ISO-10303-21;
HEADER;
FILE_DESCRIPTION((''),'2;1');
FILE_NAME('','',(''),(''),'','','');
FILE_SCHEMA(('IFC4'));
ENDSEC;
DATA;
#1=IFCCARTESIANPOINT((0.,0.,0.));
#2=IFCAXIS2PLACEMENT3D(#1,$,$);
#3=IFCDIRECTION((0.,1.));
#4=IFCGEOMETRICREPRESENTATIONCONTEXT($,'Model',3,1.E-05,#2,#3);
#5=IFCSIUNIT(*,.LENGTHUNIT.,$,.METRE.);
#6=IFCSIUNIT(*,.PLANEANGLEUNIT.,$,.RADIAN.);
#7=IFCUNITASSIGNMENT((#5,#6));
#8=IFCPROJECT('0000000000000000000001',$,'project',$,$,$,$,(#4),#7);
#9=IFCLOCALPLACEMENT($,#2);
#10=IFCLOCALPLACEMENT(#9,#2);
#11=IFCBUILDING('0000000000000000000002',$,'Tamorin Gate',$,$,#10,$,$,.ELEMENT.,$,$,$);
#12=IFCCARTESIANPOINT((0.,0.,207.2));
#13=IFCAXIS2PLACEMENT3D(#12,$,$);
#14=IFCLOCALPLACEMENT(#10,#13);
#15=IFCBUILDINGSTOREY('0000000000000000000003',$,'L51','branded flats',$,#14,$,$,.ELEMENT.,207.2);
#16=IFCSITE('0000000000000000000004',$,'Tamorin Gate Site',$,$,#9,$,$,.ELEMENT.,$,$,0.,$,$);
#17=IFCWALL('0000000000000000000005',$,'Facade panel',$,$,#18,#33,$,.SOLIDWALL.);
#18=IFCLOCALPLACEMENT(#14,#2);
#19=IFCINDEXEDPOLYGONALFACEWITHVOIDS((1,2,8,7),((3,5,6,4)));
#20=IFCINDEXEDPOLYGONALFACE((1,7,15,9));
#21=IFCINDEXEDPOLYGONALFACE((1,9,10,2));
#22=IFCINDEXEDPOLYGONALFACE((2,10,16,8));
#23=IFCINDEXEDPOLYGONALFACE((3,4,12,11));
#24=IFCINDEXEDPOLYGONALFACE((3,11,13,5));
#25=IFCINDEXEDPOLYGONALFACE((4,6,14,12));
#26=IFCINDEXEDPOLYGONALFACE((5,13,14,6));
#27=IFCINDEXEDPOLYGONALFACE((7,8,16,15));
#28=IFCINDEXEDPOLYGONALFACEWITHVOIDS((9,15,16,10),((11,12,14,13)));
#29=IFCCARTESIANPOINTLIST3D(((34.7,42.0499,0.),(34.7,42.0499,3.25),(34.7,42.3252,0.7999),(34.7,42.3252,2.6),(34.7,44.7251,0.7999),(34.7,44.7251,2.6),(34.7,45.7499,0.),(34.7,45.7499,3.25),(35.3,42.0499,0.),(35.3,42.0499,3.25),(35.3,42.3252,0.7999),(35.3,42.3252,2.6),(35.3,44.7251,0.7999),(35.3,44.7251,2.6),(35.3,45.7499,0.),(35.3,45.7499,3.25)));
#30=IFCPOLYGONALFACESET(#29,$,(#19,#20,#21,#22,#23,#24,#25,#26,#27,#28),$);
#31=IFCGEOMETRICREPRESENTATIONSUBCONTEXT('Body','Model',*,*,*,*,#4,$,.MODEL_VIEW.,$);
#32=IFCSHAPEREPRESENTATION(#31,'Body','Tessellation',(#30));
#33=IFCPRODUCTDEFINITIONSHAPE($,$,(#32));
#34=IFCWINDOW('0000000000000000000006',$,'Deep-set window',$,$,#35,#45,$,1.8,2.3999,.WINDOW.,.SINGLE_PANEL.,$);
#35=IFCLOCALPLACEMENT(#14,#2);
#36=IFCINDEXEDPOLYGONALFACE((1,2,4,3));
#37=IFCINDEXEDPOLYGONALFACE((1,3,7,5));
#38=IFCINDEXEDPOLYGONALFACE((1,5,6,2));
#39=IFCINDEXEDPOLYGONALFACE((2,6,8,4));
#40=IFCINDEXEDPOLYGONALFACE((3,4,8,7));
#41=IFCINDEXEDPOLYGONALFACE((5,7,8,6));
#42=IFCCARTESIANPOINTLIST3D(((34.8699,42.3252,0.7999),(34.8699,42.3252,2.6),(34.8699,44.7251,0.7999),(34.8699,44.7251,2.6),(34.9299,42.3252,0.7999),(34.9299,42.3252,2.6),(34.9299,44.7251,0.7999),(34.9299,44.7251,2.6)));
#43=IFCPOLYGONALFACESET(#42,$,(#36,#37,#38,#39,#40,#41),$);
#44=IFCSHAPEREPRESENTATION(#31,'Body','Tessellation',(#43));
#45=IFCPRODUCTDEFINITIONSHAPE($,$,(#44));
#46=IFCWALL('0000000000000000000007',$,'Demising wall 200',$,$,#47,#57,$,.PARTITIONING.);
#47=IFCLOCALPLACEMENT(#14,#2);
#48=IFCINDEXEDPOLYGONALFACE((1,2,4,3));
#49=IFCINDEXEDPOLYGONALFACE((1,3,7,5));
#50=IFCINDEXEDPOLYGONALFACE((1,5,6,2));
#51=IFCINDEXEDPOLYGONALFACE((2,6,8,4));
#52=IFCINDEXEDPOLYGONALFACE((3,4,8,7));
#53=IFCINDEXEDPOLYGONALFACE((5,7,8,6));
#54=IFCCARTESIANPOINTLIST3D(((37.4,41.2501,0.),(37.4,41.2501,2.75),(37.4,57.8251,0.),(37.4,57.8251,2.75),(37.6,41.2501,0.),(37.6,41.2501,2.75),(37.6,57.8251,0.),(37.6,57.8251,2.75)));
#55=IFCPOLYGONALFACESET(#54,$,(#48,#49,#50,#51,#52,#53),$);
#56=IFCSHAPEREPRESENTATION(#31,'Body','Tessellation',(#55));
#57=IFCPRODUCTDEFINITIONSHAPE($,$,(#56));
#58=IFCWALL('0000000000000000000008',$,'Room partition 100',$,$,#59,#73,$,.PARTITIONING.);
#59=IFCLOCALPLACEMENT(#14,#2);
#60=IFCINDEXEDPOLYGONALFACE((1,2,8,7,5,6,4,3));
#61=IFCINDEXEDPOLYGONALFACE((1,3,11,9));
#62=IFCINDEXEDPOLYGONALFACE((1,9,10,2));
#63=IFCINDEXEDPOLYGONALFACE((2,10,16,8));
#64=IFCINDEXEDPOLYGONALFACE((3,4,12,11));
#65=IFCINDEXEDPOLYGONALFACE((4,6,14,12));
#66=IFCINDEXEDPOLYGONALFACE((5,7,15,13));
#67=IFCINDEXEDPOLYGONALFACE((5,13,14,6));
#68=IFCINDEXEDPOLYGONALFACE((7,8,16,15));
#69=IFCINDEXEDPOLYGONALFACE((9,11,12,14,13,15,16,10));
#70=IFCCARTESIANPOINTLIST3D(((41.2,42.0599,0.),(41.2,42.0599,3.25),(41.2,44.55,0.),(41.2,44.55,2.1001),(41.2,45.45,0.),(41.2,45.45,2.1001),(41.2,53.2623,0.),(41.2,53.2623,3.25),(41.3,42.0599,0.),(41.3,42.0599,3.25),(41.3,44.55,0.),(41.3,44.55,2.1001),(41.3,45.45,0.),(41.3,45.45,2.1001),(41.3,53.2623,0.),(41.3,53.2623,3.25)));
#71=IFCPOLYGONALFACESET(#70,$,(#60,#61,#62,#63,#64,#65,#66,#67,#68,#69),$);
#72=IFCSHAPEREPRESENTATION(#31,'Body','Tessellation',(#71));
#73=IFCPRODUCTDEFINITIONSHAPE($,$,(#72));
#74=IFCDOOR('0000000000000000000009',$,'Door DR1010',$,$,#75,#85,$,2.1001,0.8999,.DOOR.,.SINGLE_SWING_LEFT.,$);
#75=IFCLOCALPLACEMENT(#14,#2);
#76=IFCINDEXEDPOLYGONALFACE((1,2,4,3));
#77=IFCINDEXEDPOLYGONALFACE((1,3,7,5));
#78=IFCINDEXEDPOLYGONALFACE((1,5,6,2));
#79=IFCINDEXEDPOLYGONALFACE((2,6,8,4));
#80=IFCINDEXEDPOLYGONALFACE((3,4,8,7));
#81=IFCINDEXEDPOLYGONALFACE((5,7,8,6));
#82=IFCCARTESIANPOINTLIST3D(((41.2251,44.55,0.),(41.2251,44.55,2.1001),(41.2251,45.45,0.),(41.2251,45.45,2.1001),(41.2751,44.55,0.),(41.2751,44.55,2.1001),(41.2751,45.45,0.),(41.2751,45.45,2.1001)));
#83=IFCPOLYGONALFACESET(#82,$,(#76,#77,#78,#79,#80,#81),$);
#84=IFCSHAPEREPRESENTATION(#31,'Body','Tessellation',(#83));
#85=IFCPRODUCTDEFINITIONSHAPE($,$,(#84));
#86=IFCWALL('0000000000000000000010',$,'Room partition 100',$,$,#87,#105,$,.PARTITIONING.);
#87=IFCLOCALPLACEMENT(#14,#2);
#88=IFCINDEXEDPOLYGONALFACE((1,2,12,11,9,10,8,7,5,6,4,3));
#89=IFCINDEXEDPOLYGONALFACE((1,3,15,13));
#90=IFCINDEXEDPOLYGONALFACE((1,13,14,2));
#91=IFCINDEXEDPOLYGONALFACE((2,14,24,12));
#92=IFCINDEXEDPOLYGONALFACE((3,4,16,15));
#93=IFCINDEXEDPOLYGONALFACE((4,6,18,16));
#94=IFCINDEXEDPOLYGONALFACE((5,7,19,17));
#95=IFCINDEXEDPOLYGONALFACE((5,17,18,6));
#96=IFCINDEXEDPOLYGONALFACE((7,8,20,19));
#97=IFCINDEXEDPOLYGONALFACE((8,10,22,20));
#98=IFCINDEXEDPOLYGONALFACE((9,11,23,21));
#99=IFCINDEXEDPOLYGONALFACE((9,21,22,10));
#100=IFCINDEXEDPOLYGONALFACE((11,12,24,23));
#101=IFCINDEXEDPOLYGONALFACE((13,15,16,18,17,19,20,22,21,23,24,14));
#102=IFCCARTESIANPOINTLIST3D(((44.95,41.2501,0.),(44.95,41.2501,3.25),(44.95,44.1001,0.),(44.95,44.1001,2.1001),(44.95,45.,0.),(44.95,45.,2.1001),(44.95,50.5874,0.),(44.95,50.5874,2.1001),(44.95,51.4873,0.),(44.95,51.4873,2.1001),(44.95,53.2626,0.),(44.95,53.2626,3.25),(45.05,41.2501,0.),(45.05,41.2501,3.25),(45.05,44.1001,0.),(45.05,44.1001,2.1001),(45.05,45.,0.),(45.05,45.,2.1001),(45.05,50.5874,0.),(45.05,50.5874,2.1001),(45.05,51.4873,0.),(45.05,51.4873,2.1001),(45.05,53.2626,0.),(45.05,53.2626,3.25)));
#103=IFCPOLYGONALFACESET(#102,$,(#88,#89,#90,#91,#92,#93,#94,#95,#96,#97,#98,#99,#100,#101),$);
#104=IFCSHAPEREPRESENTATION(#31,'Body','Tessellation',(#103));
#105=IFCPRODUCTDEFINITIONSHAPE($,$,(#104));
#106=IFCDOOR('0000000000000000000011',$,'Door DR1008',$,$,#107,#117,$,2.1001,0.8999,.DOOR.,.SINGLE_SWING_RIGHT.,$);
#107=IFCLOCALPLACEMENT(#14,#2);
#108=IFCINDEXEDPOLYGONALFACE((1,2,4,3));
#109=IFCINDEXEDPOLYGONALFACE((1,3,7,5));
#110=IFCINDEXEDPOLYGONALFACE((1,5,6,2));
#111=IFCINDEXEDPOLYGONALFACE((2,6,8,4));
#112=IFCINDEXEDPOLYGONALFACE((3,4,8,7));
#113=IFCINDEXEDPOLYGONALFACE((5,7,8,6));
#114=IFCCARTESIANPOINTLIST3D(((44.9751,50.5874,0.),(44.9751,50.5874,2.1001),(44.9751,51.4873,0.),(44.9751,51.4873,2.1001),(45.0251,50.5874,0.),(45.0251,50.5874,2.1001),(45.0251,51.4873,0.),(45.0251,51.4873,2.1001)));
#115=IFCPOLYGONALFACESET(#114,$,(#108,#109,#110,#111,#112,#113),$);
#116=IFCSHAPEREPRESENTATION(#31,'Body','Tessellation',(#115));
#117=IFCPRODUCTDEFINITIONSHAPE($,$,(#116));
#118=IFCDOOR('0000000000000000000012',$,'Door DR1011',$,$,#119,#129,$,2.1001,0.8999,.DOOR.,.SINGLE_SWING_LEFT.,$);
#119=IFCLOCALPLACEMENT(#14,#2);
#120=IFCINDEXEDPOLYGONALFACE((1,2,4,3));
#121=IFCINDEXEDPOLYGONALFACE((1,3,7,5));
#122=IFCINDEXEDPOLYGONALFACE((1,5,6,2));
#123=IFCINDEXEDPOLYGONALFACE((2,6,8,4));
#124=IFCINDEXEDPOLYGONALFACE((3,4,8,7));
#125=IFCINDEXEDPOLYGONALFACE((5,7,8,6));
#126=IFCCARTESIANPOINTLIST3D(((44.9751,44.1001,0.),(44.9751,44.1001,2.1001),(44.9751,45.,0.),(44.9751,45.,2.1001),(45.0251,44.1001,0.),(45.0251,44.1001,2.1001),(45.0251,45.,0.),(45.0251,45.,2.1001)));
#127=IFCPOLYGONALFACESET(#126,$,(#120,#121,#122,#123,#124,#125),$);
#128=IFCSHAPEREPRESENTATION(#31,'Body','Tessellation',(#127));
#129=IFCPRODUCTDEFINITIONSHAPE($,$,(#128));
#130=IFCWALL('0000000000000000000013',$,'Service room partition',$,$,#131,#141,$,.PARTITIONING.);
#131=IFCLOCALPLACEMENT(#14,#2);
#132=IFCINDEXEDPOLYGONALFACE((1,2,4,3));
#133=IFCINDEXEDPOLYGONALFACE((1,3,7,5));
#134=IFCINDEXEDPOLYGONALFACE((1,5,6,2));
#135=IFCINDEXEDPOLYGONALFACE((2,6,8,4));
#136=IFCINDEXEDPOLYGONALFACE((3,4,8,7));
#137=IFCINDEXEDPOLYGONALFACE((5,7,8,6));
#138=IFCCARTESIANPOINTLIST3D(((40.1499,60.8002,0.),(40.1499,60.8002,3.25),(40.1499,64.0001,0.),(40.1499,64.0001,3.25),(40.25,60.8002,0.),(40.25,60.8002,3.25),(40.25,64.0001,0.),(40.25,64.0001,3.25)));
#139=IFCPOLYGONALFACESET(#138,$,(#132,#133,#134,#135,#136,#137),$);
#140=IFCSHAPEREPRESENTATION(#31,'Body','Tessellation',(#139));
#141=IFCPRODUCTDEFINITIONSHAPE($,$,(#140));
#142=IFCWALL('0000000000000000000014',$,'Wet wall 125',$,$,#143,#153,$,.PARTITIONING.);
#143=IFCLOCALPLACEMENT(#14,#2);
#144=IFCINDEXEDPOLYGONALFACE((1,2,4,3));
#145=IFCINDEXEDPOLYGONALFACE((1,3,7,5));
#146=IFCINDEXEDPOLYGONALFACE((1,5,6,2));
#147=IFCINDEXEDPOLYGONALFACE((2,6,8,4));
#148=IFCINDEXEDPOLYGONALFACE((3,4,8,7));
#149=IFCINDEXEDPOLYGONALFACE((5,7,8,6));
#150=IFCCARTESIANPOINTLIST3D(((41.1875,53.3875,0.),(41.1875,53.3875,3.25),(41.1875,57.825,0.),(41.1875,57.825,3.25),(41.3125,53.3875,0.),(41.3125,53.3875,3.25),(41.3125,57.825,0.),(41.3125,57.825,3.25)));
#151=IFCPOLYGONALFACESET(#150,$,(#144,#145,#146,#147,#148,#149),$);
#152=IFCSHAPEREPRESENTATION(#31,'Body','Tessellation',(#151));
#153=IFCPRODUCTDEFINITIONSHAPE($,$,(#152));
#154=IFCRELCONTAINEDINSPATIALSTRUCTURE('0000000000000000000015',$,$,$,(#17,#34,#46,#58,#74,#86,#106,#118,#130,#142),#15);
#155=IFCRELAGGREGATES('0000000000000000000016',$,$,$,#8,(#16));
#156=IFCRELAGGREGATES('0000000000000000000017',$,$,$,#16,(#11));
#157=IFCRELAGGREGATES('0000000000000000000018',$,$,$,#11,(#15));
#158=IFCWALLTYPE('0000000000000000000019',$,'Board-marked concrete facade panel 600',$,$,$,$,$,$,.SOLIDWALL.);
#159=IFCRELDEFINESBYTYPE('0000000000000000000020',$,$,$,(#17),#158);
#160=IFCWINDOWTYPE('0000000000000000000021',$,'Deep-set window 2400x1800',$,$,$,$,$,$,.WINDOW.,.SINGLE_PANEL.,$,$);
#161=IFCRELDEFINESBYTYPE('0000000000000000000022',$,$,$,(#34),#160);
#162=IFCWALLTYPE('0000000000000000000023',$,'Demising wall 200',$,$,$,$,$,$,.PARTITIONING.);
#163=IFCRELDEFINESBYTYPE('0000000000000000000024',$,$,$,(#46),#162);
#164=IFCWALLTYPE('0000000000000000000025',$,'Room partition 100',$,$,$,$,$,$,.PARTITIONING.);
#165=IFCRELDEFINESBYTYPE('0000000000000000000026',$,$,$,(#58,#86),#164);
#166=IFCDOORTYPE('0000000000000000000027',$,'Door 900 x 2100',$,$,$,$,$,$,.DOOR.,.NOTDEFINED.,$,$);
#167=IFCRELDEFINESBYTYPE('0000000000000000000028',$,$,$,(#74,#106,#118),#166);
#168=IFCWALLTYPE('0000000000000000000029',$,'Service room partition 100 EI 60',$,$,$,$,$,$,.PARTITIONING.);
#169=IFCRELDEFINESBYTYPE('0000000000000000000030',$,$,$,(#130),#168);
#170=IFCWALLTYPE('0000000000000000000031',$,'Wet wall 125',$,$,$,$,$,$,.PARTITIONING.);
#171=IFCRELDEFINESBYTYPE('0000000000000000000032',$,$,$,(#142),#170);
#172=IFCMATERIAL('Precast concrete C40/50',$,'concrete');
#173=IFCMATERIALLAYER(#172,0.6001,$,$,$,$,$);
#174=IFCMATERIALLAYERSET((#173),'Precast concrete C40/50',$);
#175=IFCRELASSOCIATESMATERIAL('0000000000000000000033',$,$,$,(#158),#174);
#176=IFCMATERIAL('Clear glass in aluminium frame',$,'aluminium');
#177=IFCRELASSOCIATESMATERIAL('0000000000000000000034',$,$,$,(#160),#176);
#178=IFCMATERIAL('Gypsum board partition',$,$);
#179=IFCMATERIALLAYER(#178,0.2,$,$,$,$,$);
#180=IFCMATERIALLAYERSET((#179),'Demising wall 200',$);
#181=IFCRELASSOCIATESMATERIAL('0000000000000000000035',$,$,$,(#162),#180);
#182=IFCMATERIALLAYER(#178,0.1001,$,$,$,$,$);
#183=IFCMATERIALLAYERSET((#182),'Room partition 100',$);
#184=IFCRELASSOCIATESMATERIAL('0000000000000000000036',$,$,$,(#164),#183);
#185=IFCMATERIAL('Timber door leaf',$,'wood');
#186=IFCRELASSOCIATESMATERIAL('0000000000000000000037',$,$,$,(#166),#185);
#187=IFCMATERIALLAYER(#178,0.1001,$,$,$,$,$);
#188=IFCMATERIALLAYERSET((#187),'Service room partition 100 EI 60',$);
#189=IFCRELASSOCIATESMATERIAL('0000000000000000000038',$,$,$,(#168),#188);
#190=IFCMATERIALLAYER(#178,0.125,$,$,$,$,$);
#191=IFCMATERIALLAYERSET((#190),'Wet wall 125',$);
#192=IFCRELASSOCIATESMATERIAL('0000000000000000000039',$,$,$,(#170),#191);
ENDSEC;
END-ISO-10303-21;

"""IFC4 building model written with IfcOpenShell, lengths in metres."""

from ifc_helpers import new_model, si_unit, direction, frame, frame_2d, origin, place, context, subcontext, project, spatial, rectangle, extrude, material, layer, layer_set, type_object, element, fill, save


model = new_model("IFC4")

# Units and contexts
model_context = context("Model", 3, precision=1e-05, world=origin(), true_north=direction((0.0, 1.0)))
body_context = subcontext(model_context, "Body", "Model", "MODEL_VIEW")
ifc_project = project(units=[si_unit("LENGTHUNIT", "METRE"), si_unit("PLANEANGLEUNIT", "RADIAN")], contexts=[model_context])

# Site, building, storey
site_placement = place(None, origin())
site = spatial("IfcSite", under=ifc_project, at=site_placement, Name="Tamorin Gate Site", CompositionType="ELEMENT", RefElevation=0.0)
building_placement = place(site_placement, origin())
building = spatial("IfcBuilding", under=site, at=building_placement, Name="Tamorin Gate", CompositionType="ELEMENT")
storey_placement = place(building_placement, frame((0.0, 0.0, 207.2)))
storey = spatial("IfcBuildingStorey", under=building, at=storey_placement, Name="L51", Description="branded flats", CompositionType="ELEMENT", Elevation=207.2)

# Shared definitions
ifc_material_1 = material(Name="Precast concrete C40/50", Category="concrete")
ifc_layer_1 = layer(ifc_material_1, 0.6001)
ifc_layer_set_1 = layer_set([ifc_layer_1], Name="Precast concrete C40/50")
wall_type_1 = type_object("IfcWallType", Name="Board-marked concrete facade panel 600", PredefinedType="SOLIDWALL", material=ifc_layer_set_1)
ifc_material_2 = material(Name="Clear glass in aluminium frame", Category="aluminium")
window_type = type_object("IfcWindowType", Name="Deep-set window 2400x1800", PartitioningType="SINGLE_PANEL", PredefinedType="WINDOW", material=ifc_material_2)

# Wall, opening, window
wall_1_placement = place(storey_placement, frame((35.0, 45.75, 0.0), z_axis=(0.0, 0.0, 1.0), x_axis=(0.0, -1.0, 0.0)))
wall_1 = element("IfcWall", 1, at=wall_1_placement, inside=storey, type_object=wall_type_1, Name="Facade panel", PredefinedType="SOLIDWALL", context=body_context, shape_type="SweptSolid", body=[
    extrude(rectangle(XDim=3.7, YDim=0.6001, at=frame_2d((1.8501, 0.0))), origin(), (0.0, 0.0, 1.0), 3.25),
])
opening_1_placement = place(wall_1_placement, frame((1.0249, 0.0, 0.8)))
opening_1 = element("IfcOpeningElement", 2, at=opening_1_placement, cuts=wall_1, PredefinedType="OPENING", context=body_context, shape_type="SweptSolid", body=[
    extrude(rectangle(XDim=2.3999, YDim=1.8, at=frame_2d((1.2, 0.8999))), frame((0.0, 0.3101, 0.0), z_axis=(0.0, -1.0, 0.0), x_axis=(1.0, 0.0, 0.0)), (0.0, 0.0, 1.0), 0.6201),
])
window_1_placement = place(opening_1_placement, origin())
window_1 = element("IfcWindow", 3, at=window_1_placement, inside=storey, type_object=window_type, Name="Deep-set window", OverallHeight=1.8, OverallWidth=2.3999, PartitioningType="SINGLE_PANEL", PredefinedType="WINDOW", context=body_context, shape_type="SweptSolid", body=[
    extrude(rectangle(XDim=2.3999, YDim=1.8, at=frame_2d((1.2, 0.8999))), frame((0.0, -0.0701, 0.0), z_axis=(0.0, -1.0, 0.0), x_axis=(1.0, 0.0, 0.0)), (0.0, 0.0, 1.0), 0.0601),
])
fill(opening_1, window_1)

# Wall
ifc_material_3 = material(Name="Gypsum board partition")
ifc_layer_2 = layer(ifc_material_3, 0.2)
ifc_layer_set_2 = layer_set([ifc_layer_2], Name="Demising wall 200")
wall_type_2 = type_object("IfcWallType", Name="Demising wall 200", PredefinedType="PARTITIONING", material=ifc_layer_set_2)
wall_2_placement = place(storey_placement, frame((37.5, 41.25, 0.0), z_axis=(0.0, 0.0, 1.0), x_axis=(0.0, 1.0, 0.0)))
element("IfcWall", 4, at=wall_2_placement, inside=storey, type_object=wall_type_2, Name="Demising wall 200", PredefinedType="PARTITIONING", context=body_context, shape_type="SweptSolid", body=[
    extrude(rectangle(XDim=16.575, YDim=0.2, at=frame_2d((8.2876, 0.0))), origin(), (0.0, 0.0, 1.0), 2.75),
])

# Wall, opening, door
ifc_layer_3 = layer(ifc_material_3, 0.1001)
ifc_layer_set_3 = layer_set([ifc_layer_3], Name="Room partition 100")
wall_type_3 = type_object("IfcWallType", Name="Room partition 100", PredefinedType="PARTITIONING", material=ifc_layer_set_3)
wall_3_placement = place(storey_placement, frame((41.25, 42.0601, 0.0), z_axis=(0.0, 0.0, 1.0), x_axis=(0.0, 1.0, 0.0)))
wall_3 = element("IfcWall", 5, at=wall_3_placement, inside=storey, type_object=wall_type_3, Name="Room partition 100", PredefinedType="PARTITIONING", context=body_context, shape_type="SweptSolid", body=[
    extrude(rectangle(XDim=11.2024, YDim=0.1001, at=frame_2d((5.6011, 0.0))), origin(), (0.0, 0.0, 1.0), 3.25),
])
opening_2_placement = place(wall_3_placement, frame((2.49, 0.0, 0.0)))
opening_2 = element("IfcOpeningElement", 6, at=opening_2_placement, cuts=wall_3, PredefinedType="OPENING", context=body_context, shape_type="SweptSolid", body=[
    extrude(rectangle(XDim=0.8999, YDim=2.1001, at=frame_2d((0.45, 1.05))), frame((0.0, 0.0601, 0.0), z_axis=(0.0, -1.0, 0.0), x_axis=(1.0, 0.0, 0.0)), (0.0, 0.0, 1.0), 0.1201),
])
ifc_material_4 = material(Name="Timber door leaf", Category="wood")
door_type = type_object("IfcDoorType", Name="Door 900 x 2100", OperationType="NOTDEFINED", PredefinedType="DOOR", material=ifc_material_4)
door_1_placement = place(opening_2_placement, origin())
door_1 = element("IfcDoor", 7, at=door_1_placement, inside=storey, type_object=door_type, Name="Door DR1010", OperationType="SINGLE_SWING_LEFT", OverallHeight=2.1001, OverallWidth=0.8999, PredefinedType="DOOR", context=body_context, shape_type="SweptSolid", body=[
    extrude(rectangle(XDim=0.8999, YDim=2.1001, at=frame_2d((0.45, 1.05))), frame((0.0, 0.0249, 0.0), z_axis=(0.0, -1.0, 0.0), x_axis=(1.0, 0.0, 0.0)), (0.0, 0.0, 1.0), 0.05),
])
fill(opening_2, door_1)

# Wall, openings, doors
wall_4_placement = place(storey_placement, frame((45.0, 41.25, 0.0), z_axis=(0.0, 0.0, 1.0), x_axis=(0.0, 1.0, 0.0)))
wall_4 = element("IfcWall", 8, at=wall_4_placement, inside=storey, type_object=wall_type_3, Name="Room partition 100", PredefinedType="PARTITIONING", context=body_context, shape_type="SweptSolid", body=[
    extrude(rectangle(XDim=12.0125, YDim=0.1001, at=frame_2d((6.0063, 0.0))), origin(), (0.0, 0.0, 1.0), 3.25),
])
opening_3_placement = place(wall_4_placement, frame((9.3374, 0.0, 0.0)))
opening_3 = element("IfcOpeningElement", 9, at=opening_3_placement, cuts=wall_4, PredefinedType="OPENING", context=body_context, shape_type="SweptSolid", body=[
    extrude(rectangle(XDim=0.8999, YDim=2.1001, at=frame_2d((0.45, 1.05))), frame((0.0, 0.0601, 0.0), z_axis=(0.0, -1.0, 0.0), x_axis=(1.0, 0.0, 0.0)), (0.0, 0.0, 1.0), 0.1201),
])
opening_4_placement = place(wall_4_placement, frame((2.8501, 0.0, 0.0)))
opening_4 = element("IfcOpeningElement", 10, at=opening_4_placement, cuts=wall_4, PredefinedType="OPENING", context=body_context, shape_type="SweptSolid", body=[
    extrude(rectangle(XDim=0.8999, YDim=2.1001, at=frame_2d((0.45, 1.05))), frame((0.0, 0.0601, 0.0), z_axis=(0.0, -1.0, 0.0), x_axis=(1.0, 0.0, 0.0)), (0.0, 0.0, 1.0), 0.1201),
])
door_2_placement = place(opening_3_placement, origin())
door_2 = element("IfcDoor", 11, at=door_2_placement, inside=storey, type_object=door_type, Name="Door DR1008", OperationType="SINGLE_SWING_RIGHT", OverallHeight=2.1001, OverallWidth=0.8999, PredefinedType="DOOR", context=body_context, shape_type="SweptSolid", body=[
    extrude(rectangle(XDim=0.8999, YDim=2.1001, at=frame_2d((0.45, 1.05))), frame((0.0, 0.0249, 0.0), z_axis=(0.0, -1.0, 0.0), x_axis=(1.0, 0.0, 0.0)), (0.0, 0.0, 1.0), 0.05),
])
fill(opening_3, door_2)
door_3_placement = place(opening_4_placement, origin())
door_3 = element("IfcDoor", 12, at=door_3_placement, inside=storey, type_object=door_type, Name="Door DR1011", OperationType="SINGLE_SWING_LEFT", OverallHeight=2.1001, OverallWidth=0.8999, PredefinedType="DOOR", context=body_context, shape_type="SweptSolid", body=[
    extrude(rectangle(XDim=0.8999, YDim=2.1001, at=frame_2d((0.45, 1.05))), frame((0.0, 0.0249, 0.0), z_axis=(0.0, -1.0, 0.0), x_axis=(1.0, 0.0, 0.0)), (0.0, 0.0, 1.0), 0.05),
])
fill(opening_4, door_3)

# Walls
ifc_layer_4 = layer(ifc_material_3, 0.1001)
ifc_layer_set_4 = layer_set([ifc_layer_4], Name="Service room partition 100 EI 60")
wall_type_4 = type_object("IfcWallType", Name="Service room partition 100 EI 60", PredefinedType="PARTITIONING", material=ifc_layer_set_4)
wall_5_placement = place(storey_placement, frame((40.2, 60.8, 0.0), z_axis=(0.0, 0.0, 1.0), x_axis=(0.0, 1.0, 0.0)))
element("IfcWall", 13, at=wall_5_placement, inside=storey, type_object=wall_type_4, Name="Service room partition", PredefinedType="PARTITIONING", context=body_context, shape_type="SweptSolid", body=[
    extrude(rectangle(XDim=3.2, YDim=0.1001, at=frame_2d((1.6001, 0.0))), origin(), (0.0, 0.0, 1.0), 3.25),
])
ifc_layer_5 = layer(ifc_material_3, 0.125)
ifc_layer_set_5 = layer_set([ifc_layer_5], Name="Wet wall 125")
wall_type_5 = type_object("IfcWallType", Name="Wet wall 125", PredefinedType="PARTITIONING", material=ifc_layer_set_5)
wall_6_placement = place(storey_placement, frame((41.25, 53.3875, 0.0), z_axis=(0.0, 0.0, 1.0), x_axis=(0.0, 1.0, 0.0)))
element("IfcWall", 14, at=wall_6_placement, inside=storey, type_object=wall_type_5, Name="Wet wall 125", PredefinedType="PARTITIONING", context=body_context, shape_type="SweptSolid", body=[
    extrude(rectangle(XDim=4.4375, YDim=0.125, at=frame_2d((2.2188, 0.0))), origin(), (0.0, 0.0, 1.0), 3.25),
])

save(model, "model.ifc")
